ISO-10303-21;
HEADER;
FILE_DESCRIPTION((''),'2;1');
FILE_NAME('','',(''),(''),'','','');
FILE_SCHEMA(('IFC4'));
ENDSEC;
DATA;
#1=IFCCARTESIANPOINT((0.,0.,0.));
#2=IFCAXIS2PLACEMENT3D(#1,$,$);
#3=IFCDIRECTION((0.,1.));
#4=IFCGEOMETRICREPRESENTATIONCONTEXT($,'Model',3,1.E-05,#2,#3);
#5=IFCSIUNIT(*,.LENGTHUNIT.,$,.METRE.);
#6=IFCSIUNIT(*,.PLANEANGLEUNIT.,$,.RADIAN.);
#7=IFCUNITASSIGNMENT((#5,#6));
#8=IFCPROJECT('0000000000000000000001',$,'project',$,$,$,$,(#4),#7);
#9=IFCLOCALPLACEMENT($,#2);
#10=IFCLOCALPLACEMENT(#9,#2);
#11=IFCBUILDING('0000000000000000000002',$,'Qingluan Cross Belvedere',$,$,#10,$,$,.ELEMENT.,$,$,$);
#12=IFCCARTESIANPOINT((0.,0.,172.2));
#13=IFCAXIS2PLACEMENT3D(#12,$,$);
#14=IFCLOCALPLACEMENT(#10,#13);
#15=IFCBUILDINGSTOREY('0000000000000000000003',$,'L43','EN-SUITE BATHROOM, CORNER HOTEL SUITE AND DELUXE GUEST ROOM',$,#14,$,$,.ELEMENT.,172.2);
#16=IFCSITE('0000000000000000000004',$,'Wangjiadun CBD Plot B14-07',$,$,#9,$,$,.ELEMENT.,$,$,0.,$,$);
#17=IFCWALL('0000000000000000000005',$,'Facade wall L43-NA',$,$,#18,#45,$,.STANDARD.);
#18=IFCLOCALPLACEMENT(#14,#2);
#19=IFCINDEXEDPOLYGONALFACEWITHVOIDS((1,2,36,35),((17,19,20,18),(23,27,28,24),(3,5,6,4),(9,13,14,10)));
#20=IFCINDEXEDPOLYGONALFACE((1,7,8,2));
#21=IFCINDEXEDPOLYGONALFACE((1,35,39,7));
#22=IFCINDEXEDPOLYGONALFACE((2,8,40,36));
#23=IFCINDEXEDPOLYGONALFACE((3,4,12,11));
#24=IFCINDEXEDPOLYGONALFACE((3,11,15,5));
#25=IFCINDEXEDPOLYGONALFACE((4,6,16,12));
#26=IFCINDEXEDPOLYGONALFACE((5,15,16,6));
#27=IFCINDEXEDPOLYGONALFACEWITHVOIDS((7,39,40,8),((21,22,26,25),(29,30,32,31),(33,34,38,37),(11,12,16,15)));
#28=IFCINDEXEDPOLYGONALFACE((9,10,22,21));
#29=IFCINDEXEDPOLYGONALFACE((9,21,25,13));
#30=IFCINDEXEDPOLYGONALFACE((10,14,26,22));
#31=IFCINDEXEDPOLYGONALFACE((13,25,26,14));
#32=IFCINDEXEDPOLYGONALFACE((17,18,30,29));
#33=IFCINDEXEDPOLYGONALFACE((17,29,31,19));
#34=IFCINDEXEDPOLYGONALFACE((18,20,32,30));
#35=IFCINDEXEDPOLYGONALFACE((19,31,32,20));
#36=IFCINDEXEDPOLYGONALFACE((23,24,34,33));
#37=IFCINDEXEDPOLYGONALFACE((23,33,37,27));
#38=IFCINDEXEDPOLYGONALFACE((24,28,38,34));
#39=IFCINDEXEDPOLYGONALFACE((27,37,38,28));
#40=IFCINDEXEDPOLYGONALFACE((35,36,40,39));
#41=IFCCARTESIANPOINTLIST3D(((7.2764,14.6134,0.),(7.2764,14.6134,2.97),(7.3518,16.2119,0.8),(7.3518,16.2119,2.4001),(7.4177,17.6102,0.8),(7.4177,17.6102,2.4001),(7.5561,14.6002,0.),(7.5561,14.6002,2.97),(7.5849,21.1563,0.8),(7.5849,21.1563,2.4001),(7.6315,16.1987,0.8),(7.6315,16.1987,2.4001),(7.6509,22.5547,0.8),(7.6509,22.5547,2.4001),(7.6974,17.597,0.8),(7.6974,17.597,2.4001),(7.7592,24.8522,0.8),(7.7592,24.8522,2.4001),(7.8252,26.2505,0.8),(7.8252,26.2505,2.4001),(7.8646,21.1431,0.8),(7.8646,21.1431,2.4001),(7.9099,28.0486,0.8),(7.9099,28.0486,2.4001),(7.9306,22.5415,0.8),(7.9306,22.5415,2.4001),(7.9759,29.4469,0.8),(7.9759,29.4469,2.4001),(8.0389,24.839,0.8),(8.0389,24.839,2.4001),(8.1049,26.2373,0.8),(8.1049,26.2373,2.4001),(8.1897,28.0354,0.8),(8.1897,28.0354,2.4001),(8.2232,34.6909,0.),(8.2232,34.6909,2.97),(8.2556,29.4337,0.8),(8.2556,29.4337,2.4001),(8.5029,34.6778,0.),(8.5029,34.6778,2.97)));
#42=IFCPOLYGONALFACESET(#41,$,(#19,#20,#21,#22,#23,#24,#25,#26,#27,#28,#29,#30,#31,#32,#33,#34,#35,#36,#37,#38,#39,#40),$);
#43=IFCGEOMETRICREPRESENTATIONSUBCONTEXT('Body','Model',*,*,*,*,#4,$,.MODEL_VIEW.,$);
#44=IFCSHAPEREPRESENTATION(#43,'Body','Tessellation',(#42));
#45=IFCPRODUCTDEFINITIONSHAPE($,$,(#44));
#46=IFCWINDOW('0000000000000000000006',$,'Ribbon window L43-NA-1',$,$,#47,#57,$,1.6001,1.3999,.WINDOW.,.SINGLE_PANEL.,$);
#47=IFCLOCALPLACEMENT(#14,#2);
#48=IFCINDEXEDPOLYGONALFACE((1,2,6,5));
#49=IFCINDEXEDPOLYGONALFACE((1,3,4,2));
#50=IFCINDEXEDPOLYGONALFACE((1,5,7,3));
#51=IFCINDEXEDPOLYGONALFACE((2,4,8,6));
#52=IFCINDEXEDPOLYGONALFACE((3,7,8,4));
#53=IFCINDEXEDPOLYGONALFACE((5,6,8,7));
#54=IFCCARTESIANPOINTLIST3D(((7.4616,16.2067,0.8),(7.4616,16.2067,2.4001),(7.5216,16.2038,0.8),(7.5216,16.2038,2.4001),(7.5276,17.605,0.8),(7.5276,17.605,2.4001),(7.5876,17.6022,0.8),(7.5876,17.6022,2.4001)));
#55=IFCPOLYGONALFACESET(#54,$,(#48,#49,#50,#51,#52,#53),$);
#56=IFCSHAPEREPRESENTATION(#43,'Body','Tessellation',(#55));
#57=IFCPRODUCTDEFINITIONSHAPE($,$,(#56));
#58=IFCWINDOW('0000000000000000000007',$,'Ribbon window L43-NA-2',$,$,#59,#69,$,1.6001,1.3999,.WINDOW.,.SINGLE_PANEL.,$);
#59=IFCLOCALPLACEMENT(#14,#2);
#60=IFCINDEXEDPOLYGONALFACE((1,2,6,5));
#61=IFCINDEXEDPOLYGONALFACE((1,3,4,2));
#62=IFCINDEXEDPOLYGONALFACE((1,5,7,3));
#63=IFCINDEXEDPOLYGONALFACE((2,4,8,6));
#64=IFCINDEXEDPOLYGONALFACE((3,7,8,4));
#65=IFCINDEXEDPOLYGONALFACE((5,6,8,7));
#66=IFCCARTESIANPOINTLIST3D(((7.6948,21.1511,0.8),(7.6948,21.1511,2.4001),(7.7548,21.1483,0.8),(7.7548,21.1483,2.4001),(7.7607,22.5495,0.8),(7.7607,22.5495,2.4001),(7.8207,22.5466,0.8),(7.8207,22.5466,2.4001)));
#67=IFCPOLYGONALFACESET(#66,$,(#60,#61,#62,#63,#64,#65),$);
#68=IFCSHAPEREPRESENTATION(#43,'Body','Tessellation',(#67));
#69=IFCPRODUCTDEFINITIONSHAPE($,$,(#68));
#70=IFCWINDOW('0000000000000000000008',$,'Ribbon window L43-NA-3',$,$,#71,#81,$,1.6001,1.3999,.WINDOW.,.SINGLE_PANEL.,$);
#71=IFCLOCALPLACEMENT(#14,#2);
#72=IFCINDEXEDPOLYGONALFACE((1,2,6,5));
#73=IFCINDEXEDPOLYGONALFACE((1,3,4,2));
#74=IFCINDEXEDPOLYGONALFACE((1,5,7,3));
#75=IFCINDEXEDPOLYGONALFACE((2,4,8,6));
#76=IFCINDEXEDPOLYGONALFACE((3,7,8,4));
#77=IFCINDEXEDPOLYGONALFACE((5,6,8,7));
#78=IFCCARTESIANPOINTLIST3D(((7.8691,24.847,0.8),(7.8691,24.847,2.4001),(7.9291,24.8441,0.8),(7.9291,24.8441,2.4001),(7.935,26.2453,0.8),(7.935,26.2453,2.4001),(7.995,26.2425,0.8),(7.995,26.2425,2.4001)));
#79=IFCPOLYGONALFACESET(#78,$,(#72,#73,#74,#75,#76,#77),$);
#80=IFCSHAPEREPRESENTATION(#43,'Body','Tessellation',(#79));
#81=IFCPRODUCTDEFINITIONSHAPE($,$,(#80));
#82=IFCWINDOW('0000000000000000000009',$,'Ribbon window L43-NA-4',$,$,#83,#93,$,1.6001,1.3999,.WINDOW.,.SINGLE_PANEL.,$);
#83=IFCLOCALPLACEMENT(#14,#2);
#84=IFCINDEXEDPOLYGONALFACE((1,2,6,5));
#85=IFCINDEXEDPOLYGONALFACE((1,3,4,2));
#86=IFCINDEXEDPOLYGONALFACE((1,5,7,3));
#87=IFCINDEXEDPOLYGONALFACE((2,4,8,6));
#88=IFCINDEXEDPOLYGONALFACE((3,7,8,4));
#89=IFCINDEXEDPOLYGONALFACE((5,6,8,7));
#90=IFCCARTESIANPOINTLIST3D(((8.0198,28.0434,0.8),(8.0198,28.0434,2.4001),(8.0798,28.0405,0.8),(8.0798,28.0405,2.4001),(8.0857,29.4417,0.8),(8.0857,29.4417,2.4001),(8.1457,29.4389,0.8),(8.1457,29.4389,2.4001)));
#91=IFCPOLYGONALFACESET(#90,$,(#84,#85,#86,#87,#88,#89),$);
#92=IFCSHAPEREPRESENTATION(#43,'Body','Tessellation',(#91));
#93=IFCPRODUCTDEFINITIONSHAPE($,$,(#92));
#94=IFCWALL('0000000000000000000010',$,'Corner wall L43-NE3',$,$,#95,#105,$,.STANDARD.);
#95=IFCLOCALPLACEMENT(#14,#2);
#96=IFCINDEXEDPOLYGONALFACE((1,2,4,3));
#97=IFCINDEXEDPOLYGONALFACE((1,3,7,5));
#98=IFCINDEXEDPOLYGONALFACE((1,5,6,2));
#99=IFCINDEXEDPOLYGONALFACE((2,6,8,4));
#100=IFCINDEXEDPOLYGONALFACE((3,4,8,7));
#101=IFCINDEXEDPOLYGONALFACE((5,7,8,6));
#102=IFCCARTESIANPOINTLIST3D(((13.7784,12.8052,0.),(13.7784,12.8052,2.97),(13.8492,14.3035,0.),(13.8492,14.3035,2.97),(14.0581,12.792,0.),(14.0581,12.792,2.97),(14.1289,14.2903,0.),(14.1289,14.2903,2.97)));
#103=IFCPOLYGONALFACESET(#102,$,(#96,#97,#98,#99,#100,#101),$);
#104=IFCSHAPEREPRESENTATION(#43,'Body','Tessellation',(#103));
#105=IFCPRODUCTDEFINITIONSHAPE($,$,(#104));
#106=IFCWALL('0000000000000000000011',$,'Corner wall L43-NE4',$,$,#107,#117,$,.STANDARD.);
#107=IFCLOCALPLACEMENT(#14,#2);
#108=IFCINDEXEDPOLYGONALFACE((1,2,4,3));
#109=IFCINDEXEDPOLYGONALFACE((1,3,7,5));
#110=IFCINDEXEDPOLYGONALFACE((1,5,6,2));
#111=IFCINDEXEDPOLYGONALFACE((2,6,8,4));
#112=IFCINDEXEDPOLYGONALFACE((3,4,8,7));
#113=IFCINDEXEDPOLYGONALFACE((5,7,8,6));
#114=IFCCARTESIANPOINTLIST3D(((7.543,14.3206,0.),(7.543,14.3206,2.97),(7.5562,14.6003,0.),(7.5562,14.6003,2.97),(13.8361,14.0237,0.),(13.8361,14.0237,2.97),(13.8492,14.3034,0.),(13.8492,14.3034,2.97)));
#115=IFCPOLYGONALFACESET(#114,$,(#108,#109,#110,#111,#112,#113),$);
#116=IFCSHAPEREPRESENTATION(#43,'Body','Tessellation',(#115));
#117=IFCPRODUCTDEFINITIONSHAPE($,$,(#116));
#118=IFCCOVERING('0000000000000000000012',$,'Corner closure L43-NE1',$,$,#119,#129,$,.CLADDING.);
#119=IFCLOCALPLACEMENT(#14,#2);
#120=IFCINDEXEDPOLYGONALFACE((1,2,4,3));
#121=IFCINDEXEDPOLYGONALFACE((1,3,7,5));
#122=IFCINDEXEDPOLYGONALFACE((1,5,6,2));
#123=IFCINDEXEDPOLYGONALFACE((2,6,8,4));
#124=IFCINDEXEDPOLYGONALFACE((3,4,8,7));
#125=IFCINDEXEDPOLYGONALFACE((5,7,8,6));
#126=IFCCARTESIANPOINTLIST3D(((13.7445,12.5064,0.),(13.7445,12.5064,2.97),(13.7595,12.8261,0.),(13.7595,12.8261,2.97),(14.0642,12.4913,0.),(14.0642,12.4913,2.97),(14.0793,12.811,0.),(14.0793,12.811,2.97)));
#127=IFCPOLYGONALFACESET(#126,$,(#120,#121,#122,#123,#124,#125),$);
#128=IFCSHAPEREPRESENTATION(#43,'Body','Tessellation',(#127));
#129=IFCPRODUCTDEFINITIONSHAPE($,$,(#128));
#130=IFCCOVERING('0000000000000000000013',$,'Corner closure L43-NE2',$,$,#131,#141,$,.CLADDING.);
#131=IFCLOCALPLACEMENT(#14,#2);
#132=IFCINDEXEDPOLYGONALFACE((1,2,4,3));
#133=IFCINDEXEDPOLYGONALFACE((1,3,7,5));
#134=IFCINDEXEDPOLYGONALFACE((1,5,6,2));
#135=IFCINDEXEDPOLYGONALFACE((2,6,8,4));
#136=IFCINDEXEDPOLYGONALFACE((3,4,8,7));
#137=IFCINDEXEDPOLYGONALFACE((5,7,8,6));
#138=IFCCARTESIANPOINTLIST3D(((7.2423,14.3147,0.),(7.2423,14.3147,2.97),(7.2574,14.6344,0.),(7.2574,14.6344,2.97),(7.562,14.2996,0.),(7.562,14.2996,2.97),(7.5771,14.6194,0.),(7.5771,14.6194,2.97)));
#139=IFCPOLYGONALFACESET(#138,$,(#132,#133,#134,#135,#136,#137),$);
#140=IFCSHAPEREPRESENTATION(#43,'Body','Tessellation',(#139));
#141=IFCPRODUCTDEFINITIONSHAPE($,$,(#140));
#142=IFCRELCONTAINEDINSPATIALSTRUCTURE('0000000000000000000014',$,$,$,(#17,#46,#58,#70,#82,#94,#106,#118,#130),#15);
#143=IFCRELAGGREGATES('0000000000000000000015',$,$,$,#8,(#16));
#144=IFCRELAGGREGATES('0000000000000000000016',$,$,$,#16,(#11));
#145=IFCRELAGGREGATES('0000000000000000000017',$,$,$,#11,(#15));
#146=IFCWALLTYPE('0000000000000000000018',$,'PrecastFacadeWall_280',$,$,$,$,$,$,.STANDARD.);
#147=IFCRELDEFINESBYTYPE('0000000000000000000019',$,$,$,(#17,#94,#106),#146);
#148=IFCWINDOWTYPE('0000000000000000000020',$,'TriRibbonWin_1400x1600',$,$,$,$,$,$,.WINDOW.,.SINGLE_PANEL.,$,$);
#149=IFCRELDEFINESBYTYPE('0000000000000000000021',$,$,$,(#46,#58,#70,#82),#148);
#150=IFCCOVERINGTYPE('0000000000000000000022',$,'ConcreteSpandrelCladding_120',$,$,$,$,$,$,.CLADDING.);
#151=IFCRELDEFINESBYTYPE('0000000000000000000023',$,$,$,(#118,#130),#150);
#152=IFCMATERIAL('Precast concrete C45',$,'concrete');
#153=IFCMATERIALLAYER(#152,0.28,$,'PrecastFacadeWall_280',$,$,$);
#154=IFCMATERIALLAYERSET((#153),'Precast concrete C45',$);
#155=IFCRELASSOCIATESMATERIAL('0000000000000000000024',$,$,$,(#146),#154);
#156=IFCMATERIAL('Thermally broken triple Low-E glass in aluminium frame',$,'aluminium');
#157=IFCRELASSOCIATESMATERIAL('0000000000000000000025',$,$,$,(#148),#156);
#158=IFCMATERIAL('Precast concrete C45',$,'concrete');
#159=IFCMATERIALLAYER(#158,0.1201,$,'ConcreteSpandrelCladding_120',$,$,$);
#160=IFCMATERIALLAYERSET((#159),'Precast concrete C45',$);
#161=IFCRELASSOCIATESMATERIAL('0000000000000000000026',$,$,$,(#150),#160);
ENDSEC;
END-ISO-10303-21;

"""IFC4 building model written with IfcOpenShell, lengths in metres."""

from ifc_helpers import new_model, si_unit, direction, frame, frame_2d, origin, origin_2d, place, context, subcontext, project, spatial, rectangle, extrude, material, layer, layer_set, type_object, element, fill, save


model = new_model("IFC4")

# Units and contexts
model_context = context("Model", 3, precision=1e-05, world=origin(), true_north=direction((0.0, 1.0)))
body_context = subcontext(model_context, "Body", "Model", "MODEL_VIEW")
ifc_project = project(units=[si_unit("LENGTHUNIT", "METRE"), si_unit("PLANEANGLEUNIT", "RADIAN")], contexts=[model_context])

# Site, building, storey
site_placement = place(None, origin())
site = spatial("IfcSite", under=ifc_project, at=site_placement, Name="Wangjiadun CBD Plot B14-07", CompositionType="ELEMENT", RefElevation=0.0)
building_placement = place(site_placement, origin())
building = spatial("IfcBuilding", under=site, at=building_placement, Name="Qingluan Cross Belvedere", CompositionType="ELEMENT")
storey_placement = place(building_placement, frame((0.0, 0.0, 172.2)))
storey = spatial("IfcBuildingStorey", under=building, at=storey_placement, Name="L43", Description="EN-SUITE BATHROOM, CORNER HOTEL SUITE AND DELUXE GUEST ROOM", CompositionType="ELEMENT", Elevation=172.2)

# Wall, openings, windows
ifc_material_1 = material(Name="Precast concrete C45", Category="concrete")
ifc_layer_1 = layer(ifc_material_1, 0.28, Name="PrecastFacadeWall_280")
ifc_layer_set_1 = layer_set([ifc_layer_1], Name="Precast concrete C45")
wall_type_1 = type_object("IfcWallType", Name="PrecastFacadeWall_280", PredefinedType="STANDARD", material=ifc_layer_set_1)
wall_1_placement = place(storey_placement, frame((7.4163, 14.6069, 0.0), z_axis=(0.0, 0.0, 1.0), x_axis=(0.047103, 0.99889, 0.0)))
wall_1 = element("IfcWall", 1, at=wall_1_placement, inside=storey, type_object=wall_type_1, Name="Facade wall L43-NA", PredefinedType="STANDARD", context=body_context, shape_type="SweptSolid", body=[
    extrude(rectangle(XDim=20.0999, YDim=0.28, at=frame_2d((10.0498, 0.0))), origin(), (0.0, 0.0, 1.0), 2.97),
])
opening_1_placement = place(wall_1_placement, frame((1.6001, 0.0, 0.8)))
opening_1 = element("IfcOpeningElement", 2, at=opening_1_placement, cuts=wall_1, PredefinedType="OPENING", context=body_context, shape_type="SweptSolid", body=[
    extrude(rectangle(XDim=1.3999, YDim=1.6001, at=frame_2d((0.7, 0.8))), frame((0.0, 0.1499, 0.0), z_axis=(0.0, -1.0, 0.0), x_axis=(1.0, 0.0, 0.0)), (0.0, 0.0, 1.0), 0.3),
])
opening_2_placement = place(wall_1_placement, frame((6.55, 0.0, 0.8)))
opening_2 = element("IfcOpeningElement", 3, at=opening_2_placement, cuts=wall_1, PredefinedType="OPENING", context=body_context, shape_type="SweptSolid", body=[
    extrude(rectangle(XDim=1.3999, YDim=1.6001, at=frame_2d((0.7, 0.8))), frame((0.0, 0.1499, 0.0), z_axis=(0.0, -1.0, 0.0), x_axis=(1.0, 0.0, 0.0)), (0.0, 0.0, 1.0), 0.3),
])
opening_3_placement = place(wall_1_placement, frame((10.25, 0.0, 0.8)))
opening_3 = element("IfcOpeningElement", 4, at=opening_3_placement, cuts=wall_1, PredefinedType="OPENING", context=body_context, shape_type="SweptSolid", body=[
    extrude(rectangle(XDim=1.3999, YDim=1.6001, at=frame_2d((0.7, 0.8))), frame((0.0, 0.1499, 0.0), z_axis=(0.0, -1.0, 0.0), x_axis=(1.0, 0.0, 0.0)), (0.0, 0.0, 1.0), 0.3),
])
opening_4_placement = place(wall_1_placement, frame((13.45, 0.0, 0.8)))
opening_4 = element("IfcOpeningElement", 5, at=opening_4_placement, cuts=wall_1, PredefinedType="OPENING", context=body_context, shape_type="SweptSolid", body=[
    extrude(rectangle(XDim=1.3999, YDim=1.6001, at=frame_2d((0.7, 0.8))), frame((0.0, 0.1499, 0.0), z_axis=(0.0, -1.0, 0.0), x_axis=(1.0, 0.0, 0.0)), (0.0, 0.0, 1.0), 0.3),
])
ifc_material_2 = material(Name="Thermally broken triple Low-E glass in aluminium frame", Category="aluminium")
window_type = type_object("IfcWindowType", Name="TriRibbonWin_1400x1600", PartitioningType="SINGLE_PANEL", PredefinedType="WINDOW", material=ifc_material_2)
window_1_placement = place(opening_1_placement, origin())
window_1 = element("IfcWindow", 6, at=window_1_placement, inside=storey, type_object=window_type, Name="Ribbon window L43-NA-1", OverallHeight=1.6001, OverallWidth=1.3999, PartitioningType="SINGLE_PANEL", PredefinedType="WINDOW", context=body_context, shape_type="SweptSolid", body=[
    extrude(rectangle(XDim=1.3999, YDim=1.6001, at=frame_2d((0.7, 0.8))), frame((0.0, 0.03, 0.0), z_axis=(0.0, -1.0, 0.0), x_axis=(1.0, 0.0, 0.0)), (0.0, 0.0, 1.0), 0.0601),
])
fill(opening_1, window_1)
window_2_placement = place(opening_2_placement, origin())
window_2 = element("IfcWindow", 7, at=window_2_placement, inside=storey, type_object=window_type, Name="Ribbon window L43-NA-2", OverallHeight=1.6001, OverallWidth=1.3999, PartitioningType="SINGLE_PANEL", PredefinedType="WINDOW", context=body_context, shape_type="SweptSolid", body=[
    extrude(rectangle(XDim=1.3999, YDim=1.6001, at=frame_2d((0.7, 0.8))), frame((0.0, 0.03, 0.0), z_axis=(0.0, -1.0, 0.0), x_axis=(1.0, 0.0, 0.0)), (0.0, 0.0, 1.0), 0.0601),
])
fill(opening_2, window_2)
window_3_placement = place(opening_3_placement, origin())
window_3 = element("IfcWindow", 8, at=window_3_placement, inside=storey, type_object=window_type, Name="Ribbon window L43-NA-3", OverallHeight=1.6001, OverallWidth=1.3999, PartitioningType="SINGLE_PANEL", PredefinedType="WINDOW", context=body_context, shape_type="SweptSolid", body=[
    extrude(rectangle(XDim=1.3999, YDim=1.6001, at=frame_2d((0.7, 0.8))), frame((0.0, 0.03, 0.0), z_axis=(0.0, -1.0, 0.0), x_axis=(1.0, 0.0, 0.0)), (0.0, 0.0, 1.0), 0.0601),
])
fill(opening_3, window_3)
window_4_placement = place(opening_4_placement, origin())
window_4 = element("IfcWindow", 9, at=window_4_placement, inside=storey, type_object=window_type, Name="Ribbon window L43-NA-4", OverallHeight=1.6001, OverallWidth=1.3999, PartitioningType="SINGLE_PANEL", PredefinedType="WINDOW", context=body_context, shape_type="SweptSolid", body=[
    extrude(rectangle(XDim=1.3999, YDim=1.6001, at=frame_2d((0.7, 0.8))), frame((0.0, 0.03, 0.0), z_axis=(0.0, -1.0, 0.0), x_axis=(1.0, 0.0, 0.0)), (0.0, 0.0, 1.0), 0.0601),
])
fill(opening_4, window_4)

# Walls
wall_2_placement = place(storey_placement, frame((13.9182, 12.7986, 0.0), z_axis=(0.0, 0.0, 1.0), x_axis=(0.047202, 0.998885, 0.0)))
element("IfcWall", 10, at=wall_2_placement, inside=storey, type_object=wall_type_1, Name="Corner wall L43-NE3", PredefinedType="STANDARD", context=body_context, shape_type="SweptSolid", body=[
    extrude(rectangle(XDim=1.5, YDim=0.28, at=frame_2d((0.75, 0.0))), origin(), (0.0, 0.0, 1.0), 2.97),
])
wall_3_placement = place(storey_placement, frame((13.8425, 14.1636, 0.0), z_axis=(0.0, 0.0, 1.0), x_axis=(-0.998889, 0.047123, 0.0)))
element("IfcWall", 11, at=wall_3_placement, inside=storey, type_object=wall_type_1, Name="Corner wall L43-NE4", PredefinedType="STANDARD", context=body_context, shape_type="SweptSolid", body=[
    extrude(rectangle(XDim=6.3, YDim=0.28, at=frame_2d((3.1499, 0.0))), origin(), (0.0, 0.0, 1.0), 2.97),
])

# Coverings
ifc_material_3 = material(Name="Precast concrete C45", Category="concrete")
ifc_layer_2 = layer(ifc_material_3, 0.1201, Name="ConcreteSpandrelCladding_120")
ifc_layer_set_2 = layer_set([ifc_layer_2], Name="Precast concrete C45")
covering_type = type_object("IfcCoveringType", Name="ConcreteSpandrelCladding_120", PredefinedType="CLADDING", material=ifc_layer_set_2)
for number, where, z_axis, x_axis, name in (
    (12, (13.9119, 12.6587, 0.0), (0.0, 0.0, 1.0), (0.99889, -0.047106, 0.0), "Corner closure L43-NE1"),
    (13, (7.4097, 14.467, 0.0), (0.0, 0.0, 1.0), (0.99889, -0.047106, 0.0), "Corner closure L43-NE2"),
):
    element("IfcCovering", number, at=place(storey_placement, frame(where, z_axis=z_axis, x_axis=x_axis)), inside=storey, type_object=covering_type, Name=name, PredefinedType="CLADDING", context=body_context, shape_type="SweptSolid", body=[
        extrude(rectangle(XDim=0.3201, YDim=0.3201, at=origin_2d()), origin(), (0.0, 0.0, 1.0), 2.97),
    ])

save(model, "model.ifc")
